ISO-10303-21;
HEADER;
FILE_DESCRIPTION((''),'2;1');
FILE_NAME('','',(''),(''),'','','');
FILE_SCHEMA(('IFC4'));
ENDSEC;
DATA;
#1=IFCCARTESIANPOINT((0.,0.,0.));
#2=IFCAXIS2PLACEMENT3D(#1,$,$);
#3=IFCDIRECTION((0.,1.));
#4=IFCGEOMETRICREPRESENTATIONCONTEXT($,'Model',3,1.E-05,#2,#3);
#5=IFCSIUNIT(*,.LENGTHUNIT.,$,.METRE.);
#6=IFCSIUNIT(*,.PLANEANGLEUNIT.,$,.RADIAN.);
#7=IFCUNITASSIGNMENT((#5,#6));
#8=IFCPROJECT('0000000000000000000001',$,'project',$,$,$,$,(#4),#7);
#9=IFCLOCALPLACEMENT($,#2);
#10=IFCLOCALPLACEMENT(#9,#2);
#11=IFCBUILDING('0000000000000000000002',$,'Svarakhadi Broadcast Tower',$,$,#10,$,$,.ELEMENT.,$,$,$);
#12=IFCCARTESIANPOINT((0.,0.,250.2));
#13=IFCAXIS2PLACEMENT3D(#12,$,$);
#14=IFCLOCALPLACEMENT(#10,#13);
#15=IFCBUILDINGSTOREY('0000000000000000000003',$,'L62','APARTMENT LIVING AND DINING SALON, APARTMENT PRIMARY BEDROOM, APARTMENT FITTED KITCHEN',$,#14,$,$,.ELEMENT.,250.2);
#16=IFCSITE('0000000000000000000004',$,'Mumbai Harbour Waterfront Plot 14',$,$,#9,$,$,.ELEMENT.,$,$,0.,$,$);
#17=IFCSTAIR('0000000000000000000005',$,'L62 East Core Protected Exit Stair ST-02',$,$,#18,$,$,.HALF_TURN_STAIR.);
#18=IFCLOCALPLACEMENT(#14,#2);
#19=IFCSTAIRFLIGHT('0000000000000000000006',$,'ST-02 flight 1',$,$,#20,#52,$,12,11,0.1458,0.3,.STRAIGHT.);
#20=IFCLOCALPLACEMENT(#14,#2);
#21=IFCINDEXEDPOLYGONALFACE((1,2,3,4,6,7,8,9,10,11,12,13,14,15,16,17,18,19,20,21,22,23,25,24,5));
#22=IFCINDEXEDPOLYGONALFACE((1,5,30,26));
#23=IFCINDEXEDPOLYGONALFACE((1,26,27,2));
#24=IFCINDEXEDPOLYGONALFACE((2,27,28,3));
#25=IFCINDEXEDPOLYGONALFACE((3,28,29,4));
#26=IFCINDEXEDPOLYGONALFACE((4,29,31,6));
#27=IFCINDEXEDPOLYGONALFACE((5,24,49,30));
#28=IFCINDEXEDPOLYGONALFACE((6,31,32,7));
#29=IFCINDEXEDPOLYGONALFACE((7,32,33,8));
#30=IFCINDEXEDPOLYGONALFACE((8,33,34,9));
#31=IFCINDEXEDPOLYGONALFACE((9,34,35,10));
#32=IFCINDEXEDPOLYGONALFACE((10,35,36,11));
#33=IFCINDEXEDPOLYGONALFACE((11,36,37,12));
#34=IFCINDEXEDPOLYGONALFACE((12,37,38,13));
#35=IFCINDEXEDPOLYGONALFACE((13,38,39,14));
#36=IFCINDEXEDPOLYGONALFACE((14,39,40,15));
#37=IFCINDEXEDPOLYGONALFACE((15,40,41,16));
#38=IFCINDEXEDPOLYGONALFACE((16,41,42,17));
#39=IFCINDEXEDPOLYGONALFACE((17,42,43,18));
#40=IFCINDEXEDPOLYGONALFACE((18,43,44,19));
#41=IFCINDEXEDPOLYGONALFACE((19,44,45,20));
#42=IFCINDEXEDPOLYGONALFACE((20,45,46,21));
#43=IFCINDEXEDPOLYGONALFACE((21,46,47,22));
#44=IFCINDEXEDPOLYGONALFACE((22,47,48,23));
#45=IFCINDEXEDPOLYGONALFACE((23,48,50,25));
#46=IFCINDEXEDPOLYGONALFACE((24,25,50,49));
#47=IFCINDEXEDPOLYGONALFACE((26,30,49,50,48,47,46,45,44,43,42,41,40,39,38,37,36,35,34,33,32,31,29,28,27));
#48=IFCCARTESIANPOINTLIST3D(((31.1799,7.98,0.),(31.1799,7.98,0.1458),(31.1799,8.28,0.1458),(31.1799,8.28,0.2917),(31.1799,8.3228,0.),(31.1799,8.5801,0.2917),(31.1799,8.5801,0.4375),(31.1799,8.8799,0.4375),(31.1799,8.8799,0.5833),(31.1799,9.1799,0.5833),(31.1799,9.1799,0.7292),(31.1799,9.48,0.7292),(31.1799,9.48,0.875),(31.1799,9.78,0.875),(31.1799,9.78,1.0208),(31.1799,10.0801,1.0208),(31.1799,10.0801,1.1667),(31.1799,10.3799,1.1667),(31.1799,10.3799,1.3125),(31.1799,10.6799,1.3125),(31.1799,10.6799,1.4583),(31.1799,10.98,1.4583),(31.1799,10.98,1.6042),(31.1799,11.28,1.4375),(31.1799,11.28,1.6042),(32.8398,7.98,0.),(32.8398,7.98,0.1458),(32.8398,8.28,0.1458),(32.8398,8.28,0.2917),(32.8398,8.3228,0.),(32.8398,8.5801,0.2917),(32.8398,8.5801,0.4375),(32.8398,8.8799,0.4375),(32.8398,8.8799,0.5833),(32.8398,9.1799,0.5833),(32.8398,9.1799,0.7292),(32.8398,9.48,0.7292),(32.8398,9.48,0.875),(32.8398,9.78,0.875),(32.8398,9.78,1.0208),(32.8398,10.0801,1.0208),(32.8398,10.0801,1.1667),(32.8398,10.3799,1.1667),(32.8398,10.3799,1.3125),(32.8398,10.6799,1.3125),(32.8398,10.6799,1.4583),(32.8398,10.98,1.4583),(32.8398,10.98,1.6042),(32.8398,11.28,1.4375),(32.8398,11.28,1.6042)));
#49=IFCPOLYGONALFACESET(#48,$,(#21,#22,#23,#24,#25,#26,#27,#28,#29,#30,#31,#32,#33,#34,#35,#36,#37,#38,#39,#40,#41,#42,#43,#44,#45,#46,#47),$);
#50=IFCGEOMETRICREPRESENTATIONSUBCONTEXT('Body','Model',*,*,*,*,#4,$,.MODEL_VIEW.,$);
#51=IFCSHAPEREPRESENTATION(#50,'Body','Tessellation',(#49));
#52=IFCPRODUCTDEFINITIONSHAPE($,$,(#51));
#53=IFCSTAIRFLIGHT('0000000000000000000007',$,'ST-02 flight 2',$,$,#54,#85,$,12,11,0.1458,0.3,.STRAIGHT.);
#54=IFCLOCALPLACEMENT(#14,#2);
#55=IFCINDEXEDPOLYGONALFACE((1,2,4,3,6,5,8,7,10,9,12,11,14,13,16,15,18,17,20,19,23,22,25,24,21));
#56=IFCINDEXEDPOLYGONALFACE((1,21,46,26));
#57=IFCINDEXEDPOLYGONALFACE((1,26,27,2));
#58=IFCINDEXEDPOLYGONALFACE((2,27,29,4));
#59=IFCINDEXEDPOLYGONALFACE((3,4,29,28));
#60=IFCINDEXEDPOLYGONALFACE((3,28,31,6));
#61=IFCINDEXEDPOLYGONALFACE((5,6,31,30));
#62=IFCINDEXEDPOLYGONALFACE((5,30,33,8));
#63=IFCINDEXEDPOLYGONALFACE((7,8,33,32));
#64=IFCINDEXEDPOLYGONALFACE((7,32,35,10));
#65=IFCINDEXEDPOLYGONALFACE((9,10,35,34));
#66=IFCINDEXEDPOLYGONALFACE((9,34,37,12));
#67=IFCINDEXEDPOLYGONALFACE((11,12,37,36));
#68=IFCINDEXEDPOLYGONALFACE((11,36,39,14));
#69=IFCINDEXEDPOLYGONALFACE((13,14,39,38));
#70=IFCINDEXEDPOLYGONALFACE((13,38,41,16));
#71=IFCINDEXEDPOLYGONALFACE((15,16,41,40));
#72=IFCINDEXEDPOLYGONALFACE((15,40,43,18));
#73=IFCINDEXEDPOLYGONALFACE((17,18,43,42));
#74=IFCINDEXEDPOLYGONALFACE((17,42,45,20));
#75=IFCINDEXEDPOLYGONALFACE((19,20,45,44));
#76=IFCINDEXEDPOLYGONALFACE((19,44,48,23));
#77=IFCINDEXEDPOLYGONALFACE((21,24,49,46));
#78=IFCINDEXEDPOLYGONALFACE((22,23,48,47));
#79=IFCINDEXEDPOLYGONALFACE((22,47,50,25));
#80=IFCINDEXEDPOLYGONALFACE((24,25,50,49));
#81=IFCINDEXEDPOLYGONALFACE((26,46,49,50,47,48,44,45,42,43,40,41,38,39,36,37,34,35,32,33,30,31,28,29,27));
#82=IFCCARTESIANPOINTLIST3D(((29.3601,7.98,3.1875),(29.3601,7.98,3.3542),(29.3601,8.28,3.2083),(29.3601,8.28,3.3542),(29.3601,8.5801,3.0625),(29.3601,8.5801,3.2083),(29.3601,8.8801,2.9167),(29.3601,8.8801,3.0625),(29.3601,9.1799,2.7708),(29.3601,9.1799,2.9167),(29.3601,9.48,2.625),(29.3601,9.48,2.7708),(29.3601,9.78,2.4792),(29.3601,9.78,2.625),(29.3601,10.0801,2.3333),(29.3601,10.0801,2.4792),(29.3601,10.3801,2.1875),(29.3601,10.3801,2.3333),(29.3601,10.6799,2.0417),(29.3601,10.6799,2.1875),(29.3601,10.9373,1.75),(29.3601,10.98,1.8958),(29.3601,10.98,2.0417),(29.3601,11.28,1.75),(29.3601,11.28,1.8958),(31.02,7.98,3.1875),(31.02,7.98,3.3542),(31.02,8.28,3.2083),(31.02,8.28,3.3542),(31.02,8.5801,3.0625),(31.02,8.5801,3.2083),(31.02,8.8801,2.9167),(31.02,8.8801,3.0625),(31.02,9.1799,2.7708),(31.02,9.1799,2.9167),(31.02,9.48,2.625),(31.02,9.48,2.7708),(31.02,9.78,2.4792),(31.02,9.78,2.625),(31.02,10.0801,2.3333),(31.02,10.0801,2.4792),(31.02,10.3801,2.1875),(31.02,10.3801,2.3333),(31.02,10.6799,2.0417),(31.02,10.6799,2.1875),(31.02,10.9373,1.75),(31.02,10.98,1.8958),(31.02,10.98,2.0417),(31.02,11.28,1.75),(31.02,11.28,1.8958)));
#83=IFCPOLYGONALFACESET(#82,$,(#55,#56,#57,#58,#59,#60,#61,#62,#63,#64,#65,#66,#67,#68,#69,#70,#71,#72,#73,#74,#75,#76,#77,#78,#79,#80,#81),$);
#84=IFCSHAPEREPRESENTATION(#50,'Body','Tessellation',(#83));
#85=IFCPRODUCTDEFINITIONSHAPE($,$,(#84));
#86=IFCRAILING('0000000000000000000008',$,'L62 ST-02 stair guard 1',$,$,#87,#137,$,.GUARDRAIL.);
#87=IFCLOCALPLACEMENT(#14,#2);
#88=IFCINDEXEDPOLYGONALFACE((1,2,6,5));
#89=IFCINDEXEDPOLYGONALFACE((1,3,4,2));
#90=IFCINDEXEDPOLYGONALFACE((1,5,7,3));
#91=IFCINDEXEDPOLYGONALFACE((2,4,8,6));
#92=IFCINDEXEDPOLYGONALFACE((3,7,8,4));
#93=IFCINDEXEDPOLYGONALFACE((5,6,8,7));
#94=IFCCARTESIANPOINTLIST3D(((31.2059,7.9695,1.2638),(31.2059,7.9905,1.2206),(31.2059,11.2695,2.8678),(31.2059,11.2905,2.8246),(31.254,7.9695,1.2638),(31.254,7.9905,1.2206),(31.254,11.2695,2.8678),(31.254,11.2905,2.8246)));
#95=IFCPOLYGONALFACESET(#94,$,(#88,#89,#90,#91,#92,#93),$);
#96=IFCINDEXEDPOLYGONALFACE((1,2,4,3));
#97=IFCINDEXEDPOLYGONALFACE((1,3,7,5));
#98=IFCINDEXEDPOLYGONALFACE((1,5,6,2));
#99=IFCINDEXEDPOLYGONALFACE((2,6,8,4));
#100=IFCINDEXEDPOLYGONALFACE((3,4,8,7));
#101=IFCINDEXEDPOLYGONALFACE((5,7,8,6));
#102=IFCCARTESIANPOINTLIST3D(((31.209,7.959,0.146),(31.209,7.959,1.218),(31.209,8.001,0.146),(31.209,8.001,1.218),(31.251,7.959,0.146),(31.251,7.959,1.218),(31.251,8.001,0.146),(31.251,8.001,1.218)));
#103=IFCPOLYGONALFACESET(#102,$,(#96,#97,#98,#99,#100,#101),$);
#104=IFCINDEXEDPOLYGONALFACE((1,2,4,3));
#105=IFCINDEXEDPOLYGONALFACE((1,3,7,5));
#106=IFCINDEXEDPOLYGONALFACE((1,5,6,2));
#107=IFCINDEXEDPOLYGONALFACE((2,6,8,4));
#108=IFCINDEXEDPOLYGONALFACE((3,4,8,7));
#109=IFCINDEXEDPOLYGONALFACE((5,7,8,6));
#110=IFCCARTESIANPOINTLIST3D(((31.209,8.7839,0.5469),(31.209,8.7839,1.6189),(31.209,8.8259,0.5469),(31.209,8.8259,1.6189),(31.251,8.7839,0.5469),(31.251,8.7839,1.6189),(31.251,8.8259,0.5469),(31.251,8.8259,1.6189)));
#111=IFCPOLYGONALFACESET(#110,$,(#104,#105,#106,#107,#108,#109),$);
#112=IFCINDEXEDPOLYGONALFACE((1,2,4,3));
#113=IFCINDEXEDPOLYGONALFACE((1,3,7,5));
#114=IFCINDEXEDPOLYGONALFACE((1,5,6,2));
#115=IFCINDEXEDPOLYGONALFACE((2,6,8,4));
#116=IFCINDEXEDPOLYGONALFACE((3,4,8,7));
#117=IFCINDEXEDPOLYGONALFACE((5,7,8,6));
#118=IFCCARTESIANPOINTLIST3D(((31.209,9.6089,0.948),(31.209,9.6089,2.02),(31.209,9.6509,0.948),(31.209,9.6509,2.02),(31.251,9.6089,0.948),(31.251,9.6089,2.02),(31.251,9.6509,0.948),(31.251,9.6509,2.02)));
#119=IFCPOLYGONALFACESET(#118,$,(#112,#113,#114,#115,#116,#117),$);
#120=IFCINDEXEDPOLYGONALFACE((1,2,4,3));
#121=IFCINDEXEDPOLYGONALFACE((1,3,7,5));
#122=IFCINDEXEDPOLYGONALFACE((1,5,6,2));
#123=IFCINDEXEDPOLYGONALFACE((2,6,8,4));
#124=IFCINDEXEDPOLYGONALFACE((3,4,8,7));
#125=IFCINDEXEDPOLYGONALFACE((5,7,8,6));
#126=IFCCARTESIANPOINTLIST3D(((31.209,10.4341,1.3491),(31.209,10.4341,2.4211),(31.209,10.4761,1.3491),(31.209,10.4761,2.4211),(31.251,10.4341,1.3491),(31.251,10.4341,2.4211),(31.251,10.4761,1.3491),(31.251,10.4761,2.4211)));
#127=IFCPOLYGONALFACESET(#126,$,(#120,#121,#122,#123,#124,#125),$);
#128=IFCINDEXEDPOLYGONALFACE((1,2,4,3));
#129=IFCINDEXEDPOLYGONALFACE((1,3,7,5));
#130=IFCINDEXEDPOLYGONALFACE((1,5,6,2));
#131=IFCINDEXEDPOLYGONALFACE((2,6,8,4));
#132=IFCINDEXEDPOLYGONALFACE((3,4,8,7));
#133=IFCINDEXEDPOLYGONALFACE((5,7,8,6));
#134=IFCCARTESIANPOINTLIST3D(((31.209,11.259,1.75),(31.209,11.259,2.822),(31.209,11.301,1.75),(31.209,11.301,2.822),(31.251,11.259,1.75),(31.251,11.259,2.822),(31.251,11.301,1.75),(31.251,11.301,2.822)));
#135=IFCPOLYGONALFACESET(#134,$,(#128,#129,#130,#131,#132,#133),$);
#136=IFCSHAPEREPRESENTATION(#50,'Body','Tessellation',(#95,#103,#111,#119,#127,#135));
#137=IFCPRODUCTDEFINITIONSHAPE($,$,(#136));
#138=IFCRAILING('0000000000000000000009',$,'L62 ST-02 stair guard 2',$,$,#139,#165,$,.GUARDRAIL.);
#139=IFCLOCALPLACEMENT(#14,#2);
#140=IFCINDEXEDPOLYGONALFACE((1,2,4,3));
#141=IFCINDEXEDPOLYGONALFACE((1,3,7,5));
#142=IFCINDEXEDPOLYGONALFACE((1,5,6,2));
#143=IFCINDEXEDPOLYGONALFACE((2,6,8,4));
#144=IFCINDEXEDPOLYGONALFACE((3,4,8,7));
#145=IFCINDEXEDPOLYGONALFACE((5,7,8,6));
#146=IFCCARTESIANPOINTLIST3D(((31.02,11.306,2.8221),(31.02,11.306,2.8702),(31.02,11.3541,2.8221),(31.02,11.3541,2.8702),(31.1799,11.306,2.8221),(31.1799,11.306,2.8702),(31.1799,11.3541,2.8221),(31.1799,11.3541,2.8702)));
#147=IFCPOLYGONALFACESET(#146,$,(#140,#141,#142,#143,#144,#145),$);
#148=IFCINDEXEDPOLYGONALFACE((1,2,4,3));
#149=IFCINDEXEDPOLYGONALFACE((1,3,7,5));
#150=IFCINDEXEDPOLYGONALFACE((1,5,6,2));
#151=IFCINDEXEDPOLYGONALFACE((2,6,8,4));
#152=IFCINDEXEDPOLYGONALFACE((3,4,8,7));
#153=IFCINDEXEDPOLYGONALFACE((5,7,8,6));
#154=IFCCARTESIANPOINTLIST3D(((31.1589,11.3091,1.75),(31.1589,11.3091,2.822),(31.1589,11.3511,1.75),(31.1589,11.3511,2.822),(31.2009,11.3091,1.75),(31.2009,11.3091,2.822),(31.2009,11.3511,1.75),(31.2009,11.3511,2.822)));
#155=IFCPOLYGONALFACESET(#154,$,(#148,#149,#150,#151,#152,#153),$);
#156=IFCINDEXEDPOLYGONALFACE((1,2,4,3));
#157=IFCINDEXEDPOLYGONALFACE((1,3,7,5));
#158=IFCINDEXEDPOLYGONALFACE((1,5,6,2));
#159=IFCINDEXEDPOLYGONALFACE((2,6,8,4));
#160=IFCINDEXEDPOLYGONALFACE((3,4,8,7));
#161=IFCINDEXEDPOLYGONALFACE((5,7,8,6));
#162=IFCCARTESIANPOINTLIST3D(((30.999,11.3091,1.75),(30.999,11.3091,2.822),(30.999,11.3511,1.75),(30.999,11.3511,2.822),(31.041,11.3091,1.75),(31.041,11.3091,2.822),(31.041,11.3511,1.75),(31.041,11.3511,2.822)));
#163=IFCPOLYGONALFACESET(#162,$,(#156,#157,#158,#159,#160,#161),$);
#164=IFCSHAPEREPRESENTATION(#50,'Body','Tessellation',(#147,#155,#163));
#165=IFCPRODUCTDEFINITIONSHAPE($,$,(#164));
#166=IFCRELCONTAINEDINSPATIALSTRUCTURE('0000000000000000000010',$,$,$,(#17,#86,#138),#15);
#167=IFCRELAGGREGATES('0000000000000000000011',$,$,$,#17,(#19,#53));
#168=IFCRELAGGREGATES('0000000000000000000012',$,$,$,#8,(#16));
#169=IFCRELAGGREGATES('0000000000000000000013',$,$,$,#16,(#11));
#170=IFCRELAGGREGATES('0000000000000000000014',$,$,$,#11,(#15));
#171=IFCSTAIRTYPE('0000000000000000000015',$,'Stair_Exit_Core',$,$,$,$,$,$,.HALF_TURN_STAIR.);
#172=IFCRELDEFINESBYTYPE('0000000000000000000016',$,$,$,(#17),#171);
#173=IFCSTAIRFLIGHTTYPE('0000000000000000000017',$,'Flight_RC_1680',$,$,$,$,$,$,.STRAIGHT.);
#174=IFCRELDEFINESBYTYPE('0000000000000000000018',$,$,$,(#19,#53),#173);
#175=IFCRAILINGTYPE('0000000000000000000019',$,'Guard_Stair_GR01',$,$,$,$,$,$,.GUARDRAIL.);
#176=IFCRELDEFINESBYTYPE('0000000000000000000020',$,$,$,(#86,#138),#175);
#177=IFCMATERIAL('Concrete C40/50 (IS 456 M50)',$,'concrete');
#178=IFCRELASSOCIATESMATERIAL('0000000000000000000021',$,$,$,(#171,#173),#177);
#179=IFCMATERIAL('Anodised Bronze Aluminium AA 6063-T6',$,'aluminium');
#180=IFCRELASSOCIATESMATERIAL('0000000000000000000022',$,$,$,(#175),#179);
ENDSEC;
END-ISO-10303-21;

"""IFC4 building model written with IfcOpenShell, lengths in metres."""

from ifc_helpers import new_model, si_unit, direction, frame, origin, origin_2d, place, context, subcontext, project, spatial, polyline, rectangle, outline, extrude, material, type_object, element, aggregate, save


model = new_model("IFC4")

# Units and contexts
model_context = context("Model", 3, precision=1e-05, world=origin(), true_north=direction((0.0, 1.0)))
body_context = subcontext(model_context, "Body", "Model", "MODEL_VIEW")
ifc_project = project(units=[si_unit("LENGTHUNIT", "METRE"), si_unit("PLANEANGLEUNIT", "RADIAN")], contexts=[model_context])

# Site, building, storey
site_placement = place(None, origin())
site = spatial("IfcSite", under=ifc_project, at=site_placement, Name="Mumbai Harbour Waterfront Plot 14", CompositionType="ELEMENT", RefElevation=0.0)
building_placement = place(site_placement, origin())
building = spatial("IfcBuilding", under=site, at=building_placement, Name="Svarakhadi Broadcast Tower", CompositionType="ELEMENT")
storey_placement = place(building_placement, frame((0.0, 0.0, 250.2)))
storey = spatial("IfcBuildingStorey", under=building, at=storey_placement, Name="L62", Description="APARTMENT LIVING AND DINING SALON, APARTMENT PRIMARY BEDROOM, APARTMENT FITTED KITCHEN", CompositionType="ELEMENT", Elevation=250.2)

# Shared definitions
ifc_material_1 = material(Name="Anodised Bronze Aluminium AA 6063-T6", Category="aluminium")

# Shared definitions
ifc_material_2 = material(Name="Concrete C40/50 (IS 456 M50)", Category="concrete")

# Stair, stair flights
stair_type = type_object("IfcStairType", Name="Stair_Exit_Core", PredefinedType="HALF_TURN_STAIR", material=ifc_material_2)
stair_placement = place(storey_placement, origin())
stair = element("IfcStair", 1, at=stair_placement, inside=storey, type_object=stair_type, Name="L62 East Core Protected Exit Stair ST-02", PredefinedType="HALF_TURN_STAIR")
stair_flight_type = type_object("IfcStairFlightType", Name="Flight_RC_1680", PredefinedType="STRAIGHT", material=ifc_material_2)
stair_flight_1_placement = place(storey_placement, frame((32.01, 7.98, 0.0), z_axis=(0.0, 0.0, 1.0), x_axis=(0.0, 1.0, 0.0)))
stair_flight_1 = element("IfcStairFlight", 2, at=stair_flight_1_placement, type_object=stair_flight_type, Name="ST-02 flight 1", NumberOfRisers=12, NumberOfTreads=11, PredefinedType="STRAIGHT", RiserHeight=0.1458, TreadLength=0.3, context=body_context, shape_type="SweptSolid", body=[
    extrude(outline(polyline([(0.0, 0.0), (0.0, 0.1458), (0.3, 0.1458), (0.3, 0.2917), (0.6001, 0.2917), (0.6001, 0.4375), (0.8999, 0.4375), (0.8999, 0.5833), (1.2, 0.5833), (1.2, 0.7292), (1.5, 0.7292), (1.5, 0.875), (1.8, 0.875), (1.8, 1.0208), (2.1001, 1.0208), (2.1001, 1.1667), (2.3999, 1.1667), (2.3999, 1.3125), (2.7, 1.3125), (2.7, 1.4583), (3.0, 1.4583), (3.0, 1.6042), (3.3, 1.6042), (3.3, 1.75), (3.3, 1.4375), (0.3428, 0.0), (0.0, 0.0)])), frame((0.0, 0.8301, 0.0), z_axis=(0.0, -1.0, 0.0), x_axis=(1.0, 0.0, 0.0)), (0.0, 0.0, 1.0), 1.6599),
])
stair_flight_2_placement = place(storey_placement, frame((30.1899, 11.28, 1.75), z_axis=(0.0, 0.0, 1.0), x_axis=(0.0, -1.0, 0.0)))
stair_flight_2 = element("IfcStairFlight", 3, at=stair_flight_2_placement, type_object=stair_flight_type, Name="ST-02 flight 2", NumberOfRisers=12, NumberOfTreads=11, PredefinedType="STRAIGHT", RiserHeight=0.1458, TreadLength=0.3, context=body_context, shape_type="SweptSolid", body=[
    extrude(outline(polyline([(0.0, 0.0), (0.0, 0.1458), (0.3, 0.1458), (0.3, 0.2917), (0.6001, 0.2917), (0.6001, 0.4375), (0.8999, 0.4375), (0.8999, 0.5833), (1.2, 0.5833), (1.2, 0.7292), (1.5, 0.7292), (1.5, 0.875), (1.8, 0.875), (1.8, 1.0208), (2.1001, 1.0208), (2.1001, 1.1667), (2.3999, 1.1667), (2.3999, 1.3125), (2.7, 1.3125), (2.7, 1.4583), (3.0, 1.4583), (3.0, 1.6042), (3.3, 1.6042), (3.3, 1.75), (3.3, 1.4375), (0.3428, 0.0), (0.0, 0.0)])), frame((0.0, 0.8301, 0.0), z_axis=(0.0, -1.0, 0.0), x_axis=(1.0, 0.0, 0.0)), (0.0, 0.0, 1.0), 1.6599),
])
aggregate(stair, [stair_flight_1, stair_flight_2])

# Railings
railing_type_1 = type_object("IfcRailingType", Name="Guard_Stair_GR01", PredefinedType="GUARDRAIL", material=ifc_material_1)
railing_1_placement = place(storey_placement, frame((31.23, 7.98, 0.146)))
element("IfcRailing", 4, at=railing_1_placement, inside=storey, type_object=railing_type_1, Name="L62 ST-02 stair guard 1", PredefinedType="GUARDRAIL", context=body_context, shape_type="SweptSolid", body=[
    extrude(rectangle(XDim=0.0481, YDim=0.0481, at=origin_2d()), frame((0.0, 0.0, 1.0962), z_axis=(0.0, 0.899388, 0.437152), x_axis=(-1.0, 0.0, 0.0)), (0.0, 0.0, 1.0), 3.6692),
    extrude(rectangle(XDim=0.042, YDim=0.042, at=origin_2d()), origin(), (0.0, 0.0, 1.0), 1.072),
    extrude(rectangle(XDim=0.042, YDim=0.042, at=origin_2d()), frame((0.0, 0.825, 0.4009)), (0.0, 0.0, 1.0), 1.072),
    extrude(rectangle(XDim=0.042, YDim=0.042, at=origin_2d()), frame((0.0, 1.6499, 0.802)), (0.0, 0.0, 1.0), 1.072),
    extrude(rectangle(XDim=0.042, YDim=0.042, at=origin_2d()), frame((0.0, 2.4751, 1.2031)), (0.0, 0.0, 1.0), 1.072),
    extrude(rectangle(XDim=0.042, YDim=0.042, at=origin_2d()), frame((0.0, 3.3, 1.604)), (0.0, 0.0, 1.0), 1.072),
])
railing_2_placement = place(storey_placement, frame((31.1799, 11.3301, 1.75)))
element("IfcRailing", 5, at=railing_2_placement, inside=storey, type_object=railing_type_1, Name="L62 ST-02 stair guard 2", PredefinedType="GUARDRAIL", context=body_context, shape_type="SweptSolid", body=[
    extrude(rectangle(XDim=0.0481, YDim=0.0481, at=origin_2d()), frame((0.0, 0.0, 1.0962), z_axis=(-1.0, 0.0, 0.0), x_axis=(0.0, -1.0, 0.0)), (0.0, 0.0, 1.0), 0.1599),
    extrude(rectangle(XDim=0.042, YDim=0.042, at=origin_2d()), origin(), (0.0, 0.0, 1.0), 1.072),
    extrude(rectangle(XDim=0.042, YDim=0.042, at=origin_2d()), frame((-0.1599, 0.0, 0.0)), (0.0, 0.0, 1.0), 1.072),
])

save(model, "model.ifc")
